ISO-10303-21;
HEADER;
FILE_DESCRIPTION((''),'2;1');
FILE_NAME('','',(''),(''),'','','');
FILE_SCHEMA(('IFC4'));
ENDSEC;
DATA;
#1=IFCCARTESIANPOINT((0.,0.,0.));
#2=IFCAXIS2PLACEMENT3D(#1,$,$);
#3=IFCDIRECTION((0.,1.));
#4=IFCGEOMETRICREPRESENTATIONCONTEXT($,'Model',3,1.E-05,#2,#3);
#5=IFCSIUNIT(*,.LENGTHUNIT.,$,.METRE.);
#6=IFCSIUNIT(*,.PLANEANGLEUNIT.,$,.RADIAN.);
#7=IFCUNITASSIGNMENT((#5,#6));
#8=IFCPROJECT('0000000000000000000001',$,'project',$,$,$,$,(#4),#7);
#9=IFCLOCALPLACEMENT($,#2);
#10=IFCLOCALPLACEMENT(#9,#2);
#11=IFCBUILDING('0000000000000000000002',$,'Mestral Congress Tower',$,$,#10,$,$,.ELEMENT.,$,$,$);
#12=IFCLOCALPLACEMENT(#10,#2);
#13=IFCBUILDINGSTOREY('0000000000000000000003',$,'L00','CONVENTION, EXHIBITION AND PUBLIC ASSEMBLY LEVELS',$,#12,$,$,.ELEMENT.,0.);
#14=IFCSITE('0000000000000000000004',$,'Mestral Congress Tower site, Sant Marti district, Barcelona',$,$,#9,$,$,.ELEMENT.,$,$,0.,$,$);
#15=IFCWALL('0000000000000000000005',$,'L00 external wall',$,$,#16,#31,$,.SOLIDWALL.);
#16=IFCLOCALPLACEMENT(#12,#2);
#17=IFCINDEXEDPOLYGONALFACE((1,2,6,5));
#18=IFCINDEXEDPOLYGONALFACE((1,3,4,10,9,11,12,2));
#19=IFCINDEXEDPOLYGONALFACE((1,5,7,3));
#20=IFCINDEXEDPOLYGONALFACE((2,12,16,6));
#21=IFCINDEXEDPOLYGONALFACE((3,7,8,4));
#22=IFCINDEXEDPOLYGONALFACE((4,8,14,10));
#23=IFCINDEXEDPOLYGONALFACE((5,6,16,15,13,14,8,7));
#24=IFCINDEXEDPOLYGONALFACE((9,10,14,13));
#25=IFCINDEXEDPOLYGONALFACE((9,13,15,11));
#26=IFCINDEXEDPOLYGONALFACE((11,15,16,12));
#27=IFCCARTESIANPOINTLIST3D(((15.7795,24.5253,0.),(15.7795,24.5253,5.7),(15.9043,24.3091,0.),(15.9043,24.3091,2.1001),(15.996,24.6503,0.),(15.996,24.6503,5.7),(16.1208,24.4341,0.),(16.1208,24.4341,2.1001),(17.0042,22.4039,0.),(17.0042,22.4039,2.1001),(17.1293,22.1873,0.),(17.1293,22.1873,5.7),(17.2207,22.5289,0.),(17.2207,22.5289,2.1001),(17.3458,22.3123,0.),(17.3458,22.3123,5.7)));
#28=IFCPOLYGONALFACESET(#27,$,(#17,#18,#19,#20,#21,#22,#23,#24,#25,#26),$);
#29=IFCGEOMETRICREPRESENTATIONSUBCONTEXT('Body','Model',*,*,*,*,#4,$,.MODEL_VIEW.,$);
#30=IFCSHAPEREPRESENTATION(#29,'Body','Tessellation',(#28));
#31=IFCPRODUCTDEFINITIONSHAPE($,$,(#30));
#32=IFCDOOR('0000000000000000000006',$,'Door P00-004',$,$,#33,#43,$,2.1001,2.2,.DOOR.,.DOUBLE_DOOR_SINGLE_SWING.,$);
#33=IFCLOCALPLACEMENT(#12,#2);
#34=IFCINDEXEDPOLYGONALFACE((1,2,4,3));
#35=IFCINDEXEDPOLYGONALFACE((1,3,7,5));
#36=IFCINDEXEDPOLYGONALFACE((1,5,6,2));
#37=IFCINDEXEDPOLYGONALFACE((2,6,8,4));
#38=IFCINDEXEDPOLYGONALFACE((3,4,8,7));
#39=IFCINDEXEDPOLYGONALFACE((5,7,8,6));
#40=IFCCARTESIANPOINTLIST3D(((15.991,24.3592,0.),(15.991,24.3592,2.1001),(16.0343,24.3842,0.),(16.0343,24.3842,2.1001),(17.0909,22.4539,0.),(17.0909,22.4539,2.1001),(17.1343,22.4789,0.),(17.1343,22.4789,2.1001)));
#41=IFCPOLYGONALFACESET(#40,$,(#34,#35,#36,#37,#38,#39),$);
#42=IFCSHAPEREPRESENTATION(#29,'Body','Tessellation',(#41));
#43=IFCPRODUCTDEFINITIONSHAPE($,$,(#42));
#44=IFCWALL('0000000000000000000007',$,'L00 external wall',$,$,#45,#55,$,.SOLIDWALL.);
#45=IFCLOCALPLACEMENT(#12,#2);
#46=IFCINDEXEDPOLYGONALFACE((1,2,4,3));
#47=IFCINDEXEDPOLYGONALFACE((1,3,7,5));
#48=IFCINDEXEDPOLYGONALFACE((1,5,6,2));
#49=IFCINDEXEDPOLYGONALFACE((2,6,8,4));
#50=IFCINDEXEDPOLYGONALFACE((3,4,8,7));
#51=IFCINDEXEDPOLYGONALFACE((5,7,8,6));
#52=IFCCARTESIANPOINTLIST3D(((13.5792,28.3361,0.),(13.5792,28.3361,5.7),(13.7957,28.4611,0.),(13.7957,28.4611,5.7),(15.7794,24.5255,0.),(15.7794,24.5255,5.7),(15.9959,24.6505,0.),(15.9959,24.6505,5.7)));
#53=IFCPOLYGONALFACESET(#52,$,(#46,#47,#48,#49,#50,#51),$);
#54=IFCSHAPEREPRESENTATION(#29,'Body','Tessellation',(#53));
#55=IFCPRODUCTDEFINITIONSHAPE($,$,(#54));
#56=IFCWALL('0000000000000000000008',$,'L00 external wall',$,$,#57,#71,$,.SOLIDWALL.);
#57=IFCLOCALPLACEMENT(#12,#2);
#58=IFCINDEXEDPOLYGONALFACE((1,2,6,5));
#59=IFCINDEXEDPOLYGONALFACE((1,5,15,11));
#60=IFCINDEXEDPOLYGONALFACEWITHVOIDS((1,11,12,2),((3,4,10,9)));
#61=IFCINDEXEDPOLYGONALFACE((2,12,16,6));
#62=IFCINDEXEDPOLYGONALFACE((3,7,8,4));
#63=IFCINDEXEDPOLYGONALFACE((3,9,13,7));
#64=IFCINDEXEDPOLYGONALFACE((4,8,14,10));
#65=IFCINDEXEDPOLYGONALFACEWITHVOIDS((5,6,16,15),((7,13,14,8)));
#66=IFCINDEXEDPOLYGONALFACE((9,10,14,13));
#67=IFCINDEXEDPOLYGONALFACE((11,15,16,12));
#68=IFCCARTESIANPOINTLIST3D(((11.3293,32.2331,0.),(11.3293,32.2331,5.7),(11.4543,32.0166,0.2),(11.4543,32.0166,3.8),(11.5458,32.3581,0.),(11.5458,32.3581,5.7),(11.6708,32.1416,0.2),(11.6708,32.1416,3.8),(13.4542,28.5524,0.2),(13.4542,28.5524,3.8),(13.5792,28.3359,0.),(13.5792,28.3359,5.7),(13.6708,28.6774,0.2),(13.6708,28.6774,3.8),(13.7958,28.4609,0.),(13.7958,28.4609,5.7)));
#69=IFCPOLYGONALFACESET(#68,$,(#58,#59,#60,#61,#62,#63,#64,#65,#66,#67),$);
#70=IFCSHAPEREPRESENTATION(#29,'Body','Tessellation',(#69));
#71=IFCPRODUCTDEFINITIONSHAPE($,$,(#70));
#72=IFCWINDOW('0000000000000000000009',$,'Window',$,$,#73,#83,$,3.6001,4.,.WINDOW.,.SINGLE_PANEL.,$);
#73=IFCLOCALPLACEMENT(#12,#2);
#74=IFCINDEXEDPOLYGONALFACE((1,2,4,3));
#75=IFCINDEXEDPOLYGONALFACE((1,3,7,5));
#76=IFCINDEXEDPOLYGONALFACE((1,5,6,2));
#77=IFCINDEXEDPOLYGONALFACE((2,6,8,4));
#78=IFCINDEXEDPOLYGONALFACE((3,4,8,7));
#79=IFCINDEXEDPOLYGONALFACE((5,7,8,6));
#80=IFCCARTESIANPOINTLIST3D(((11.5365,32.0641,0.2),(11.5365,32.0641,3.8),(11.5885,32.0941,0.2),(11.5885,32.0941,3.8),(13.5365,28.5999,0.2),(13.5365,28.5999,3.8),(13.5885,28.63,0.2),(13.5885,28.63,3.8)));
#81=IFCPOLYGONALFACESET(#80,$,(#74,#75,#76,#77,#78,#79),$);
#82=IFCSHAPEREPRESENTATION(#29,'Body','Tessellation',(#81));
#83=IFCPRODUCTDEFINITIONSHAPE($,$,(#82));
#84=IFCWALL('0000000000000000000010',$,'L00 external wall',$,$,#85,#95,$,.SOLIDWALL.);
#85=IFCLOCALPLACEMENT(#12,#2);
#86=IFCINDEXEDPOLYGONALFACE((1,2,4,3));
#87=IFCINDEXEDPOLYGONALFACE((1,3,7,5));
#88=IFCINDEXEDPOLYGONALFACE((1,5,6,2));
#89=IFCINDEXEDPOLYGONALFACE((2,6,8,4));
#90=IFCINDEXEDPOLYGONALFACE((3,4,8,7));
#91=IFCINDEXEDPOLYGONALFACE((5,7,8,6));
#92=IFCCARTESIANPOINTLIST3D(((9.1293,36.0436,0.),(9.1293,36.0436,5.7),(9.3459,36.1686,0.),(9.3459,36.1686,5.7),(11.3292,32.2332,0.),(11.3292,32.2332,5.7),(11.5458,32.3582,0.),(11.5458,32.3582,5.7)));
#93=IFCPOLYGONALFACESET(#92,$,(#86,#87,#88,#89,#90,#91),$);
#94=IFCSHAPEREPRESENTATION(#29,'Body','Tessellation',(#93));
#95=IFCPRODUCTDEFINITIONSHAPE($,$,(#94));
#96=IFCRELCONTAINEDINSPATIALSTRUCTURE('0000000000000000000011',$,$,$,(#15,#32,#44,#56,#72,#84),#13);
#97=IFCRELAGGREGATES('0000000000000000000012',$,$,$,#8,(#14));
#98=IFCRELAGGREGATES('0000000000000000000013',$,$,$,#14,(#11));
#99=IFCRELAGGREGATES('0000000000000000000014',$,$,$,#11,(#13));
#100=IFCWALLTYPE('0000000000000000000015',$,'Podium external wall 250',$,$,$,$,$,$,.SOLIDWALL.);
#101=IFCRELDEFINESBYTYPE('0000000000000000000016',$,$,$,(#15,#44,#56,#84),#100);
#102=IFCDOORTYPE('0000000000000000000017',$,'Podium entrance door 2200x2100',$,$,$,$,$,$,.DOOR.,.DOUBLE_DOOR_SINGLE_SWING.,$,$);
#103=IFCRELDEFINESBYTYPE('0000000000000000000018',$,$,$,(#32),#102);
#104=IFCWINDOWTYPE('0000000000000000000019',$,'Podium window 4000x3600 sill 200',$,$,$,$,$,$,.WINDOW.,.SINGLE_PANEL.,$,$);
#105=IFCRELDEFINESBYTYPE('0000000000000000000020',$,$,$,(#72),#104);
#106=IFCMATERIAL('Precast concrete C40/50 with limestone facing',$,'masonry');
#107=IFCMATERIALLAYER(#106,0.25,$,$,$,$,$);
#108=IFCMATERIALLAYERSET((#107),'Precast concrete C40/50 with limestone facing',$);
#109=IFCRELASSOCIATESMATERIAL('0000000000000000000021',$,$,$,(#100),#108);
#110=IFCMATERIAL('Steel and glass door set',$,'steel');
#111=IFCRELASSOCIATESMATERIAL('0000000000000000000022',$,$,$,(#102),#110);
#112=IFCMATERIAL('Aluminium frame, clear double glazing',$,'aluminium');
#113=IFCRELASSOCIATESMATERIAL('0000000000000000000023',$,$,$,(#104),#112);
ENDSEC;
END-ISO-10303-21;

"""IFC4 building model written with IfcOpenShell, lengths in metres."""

from ifc_helpers import new_model, si_unit, direction, frame, frame_2d, origin, place, context, subcontext, project, spatial, rectangle, extrude, material, layer, layer_set, type_object, element, fill, save


model = new_model("IFC4")

# Units and contexts
model_context = context("Model", 3, precision=1e-05, world=origin(), true_north=direction((0.0, 1.0)))
body_context = subcontext(model_context, "Body", "Model", "MODEL_VIEW")
ifc_project = project(units=[si_unit("LENGTHUNIT", "METRE"), si_unit("PLANEANGLEUNIT", "RADIAN")], contexts=[model_context])

# Site, building, storey
site_placement = place(None, origin())
site = spatial("IfcSite", under=ifc_project, at=site_placement, Name="Mestral Congress Tower site, Sant Marti district, Barcelona", CompositionType="ELEMENT", RefElevation=0.0)
building_placement = place(site_placement, origin())
building = spatial("IfcBuilding", under=site, at=building_placement, Name="Mestral Congress Tower", CompositionType="ELEMENT")
storey_placement = place(building_placement, origin())
storey = spatial("IfcBuildingStorey", under=building, at=storey_placement, Name="L00", Description="CONVENTION, EXHIBITION AND PUBLIC ASSEMBLY LEVELS", CompositionType="ELEMENT", Elevation=0.0)

# Shared definitions
ifc_material_1 = material(Name="Precast concrete C40/50 with limestone facing", Category="masonry")
ifc_layer = layer(ifc_material_1, 0.25)
ifc_layer_set = layer_set([ifc_layer], Name="Precast concrete C40/50 with limestone facing")
wall_type = type_object("IfcWallType", Name="Podium external wall 250", PredefinedType="SOLIDWALL", material=ifc_layer_set)

# Wall, opening, door
wall_1_placement = place(storey_placement, frame((17.2375, 22.2498, 0.0), z_axis=(0.0, 0.0, 1.0), x_axis=(-0.499981, 0.866037, 0.0)))
wall_1 = element("IfcWall", 1, at=wall_1_placement, inside=storey, type_object=wall_type, Name="L00 external wall", PredefinedType="SOLIDWALL", context=body_context, shape_type="SweptSolid", body=[
    extrude(rectangle(XDim=2.6997, YDim=0.25, at=frame_2d((1.3499, 0.0))), origin(), (0.0, 0.0, 1.0), 5.7),
])
opening_1_placement = place(wall_1_placement, frame((0.25, 0.0, 0.0)))
opening_1 = element("IfcOpeningElement", 2, at=opening_1_placement, cuts=wall_1, PredefinedType="OPENING", context=body_context, shape_type="SweptSolid", body=[
    extrude(rectangle(XDim=2.2, YDim=2.1001, at=frame_2d((1.1001, 1.05))), frame((0.0, 0.135, 0.0), z_axis=(0.0, -1.0, 0.0), x_axis=(1.0, 0.0, 0.0)), (0.0, 0.0, 1.0), 0.27),
])
ifc_material_2 = material(Name="Steel and glass door set", Category="steel")
door_type = type_object("IfcDoorType", Name="Podium entrance door 2200x2100", OperationType="DOUBLE_DOOR_SINGLE_SWING", PredefinedType="DOOR", material=ifc_material_2)
door_placement = place(opening_1_placement, origin())
door = element("IfcDoor", 3, at=door_placement, inside=storey, type_object=door_type, Name="Door P00-004", OperationType="DOUBLE_DOOR_SINGLE_SWING", OverallHeight=2.1001, OverallWidth=2.2, PredefinedType="DOOR", context=body_context, shape_type="SweptSolid", body=[
    extrude(rectangle(XDim=2.2, YDim=2.1001, at=frame_2d((1.1001, 1.05))), frame((0.0, 0.0249, 0.0), z_axis=(0.0, -1.0, 0.0), x_axis=(1.0, 0.0, 0.0)), (0.0, 0.0, 1.0), 0.05),
])
fill(opening_1, door)

# Wall
wall_2_placement = place(storey_placement, frame((15.8877, 24.5879, 0.0), z_axis=(0.0, 0.0, 1.0), x_axis=(-0.50003, 0.866008, 0.0)))
element("IfcWall", 4, at=wall_2_placement, inside=storey, type_object=wall_type, Name="L00 external wall", PredefinedType="SOLIDWALL", context=body_context, shape_type="SweptSolid", body=[
    extrude(rectangle(XDim=4.4001, YDim=0.25, at=frame_2d((2.2002, 0.0))), origin(), (0.0, 0.0, 1.0), 5.7),
])

# Wall, opening, window
wall_3_placement = place(storey_placement, frame((13.6875, 28.3984, 0.0), z_axis=(0.0, 0.0, 1.0), x_axis=(-0.49999, 0.866031, 0.0)))
wall_3 = element("IfcWall", 5, at=wall_3_placement, inside=storey, type_object=wall_type, Name="L00 external wall", PredefinedType="SOLIDWALL", context=body_context, shape_type="SweptSolid", body=[
    extrude(rectangle(XDim=4.5, YDim=0.25, at=frame_2d((2.25, 0.0))), origin(), (0.0, 0.0, 1.0), 5.7),
])
opening_2_placement = place(wall_3_placement, frame((0.25, 0.0, 0.2)))
opening_2 = element("IfcOpeningElement", 6, at=opening_2_placement, cuts=wall_3, PredefinedType="OPENING", context=body_context, shape_type="SweptSolid", body=[
    extrude(rectangle(XDim=4.0, YDim=3.6001, at=frame_2d((2.0, 1.8))), frame((0.0, 0.135, 0.0), z_axis=(0.0, -1.0, 0.0), x_axis=(1.0, 0.0, 0.0)), (0.0, 0.0, 1.0), 0.27),
])
ifc_material_3 = material(Name="Aluminium frame, clear double glazing", Category="aluminium")
window_type = type_object("IfcWindowType", Name="Podium window 4000x3600 sill 200", PartitioningType="SINGLE_PANEL", PredefinedType="WINDOW", material=ifc_material_3)
window_placement = place(opening_2_placement, origin())
window = element("IfcWindow", 7, at=window_placement, inside=storey, type_object=window_type, Name="Window", OverallHeight=3.6001, OverallWidth=4.0, PartitioningType="SINGLE_PANEL", PredefinedType="WINDOW", context=body_context, shape_type="SweptSolid", body=[
    extrude(rectangle(XDim=4.0, YDim=3.6001, at=frame_2d((2.0, 1.8))), frame((0.0, 0.03, 0.0), z_axis=(0.0, -1.0, 0.0), x_axis=(1.0, 0.0, 0.0)), (0.0, 0.0, 1.0), 0.0601),
])
fill(opening_2, window)

# Wall
wall_4_placement = place(storey_placement, frame((11.4375, 32.2957, 0.0), z_axis=(0.0, 0.0, 1.0), x_axis=(-0.499988, 0.866032, 0.0)))
element("IfcWall", 8, at=wall_4_placement, inside=storey, type_object=wall_type, Name="L00 external wall", PredefinedType="SOLIDWALL", context=body_context, shape_type="SweptSolid", body=[
    extrude(rectangle(XDim=4.3999, YDim=0.25, at=frame_2d((2.2, 0.0))), origin(), (0.0, 0.0, 1.0), 5.7),
])

save(model, "model.ifc")
